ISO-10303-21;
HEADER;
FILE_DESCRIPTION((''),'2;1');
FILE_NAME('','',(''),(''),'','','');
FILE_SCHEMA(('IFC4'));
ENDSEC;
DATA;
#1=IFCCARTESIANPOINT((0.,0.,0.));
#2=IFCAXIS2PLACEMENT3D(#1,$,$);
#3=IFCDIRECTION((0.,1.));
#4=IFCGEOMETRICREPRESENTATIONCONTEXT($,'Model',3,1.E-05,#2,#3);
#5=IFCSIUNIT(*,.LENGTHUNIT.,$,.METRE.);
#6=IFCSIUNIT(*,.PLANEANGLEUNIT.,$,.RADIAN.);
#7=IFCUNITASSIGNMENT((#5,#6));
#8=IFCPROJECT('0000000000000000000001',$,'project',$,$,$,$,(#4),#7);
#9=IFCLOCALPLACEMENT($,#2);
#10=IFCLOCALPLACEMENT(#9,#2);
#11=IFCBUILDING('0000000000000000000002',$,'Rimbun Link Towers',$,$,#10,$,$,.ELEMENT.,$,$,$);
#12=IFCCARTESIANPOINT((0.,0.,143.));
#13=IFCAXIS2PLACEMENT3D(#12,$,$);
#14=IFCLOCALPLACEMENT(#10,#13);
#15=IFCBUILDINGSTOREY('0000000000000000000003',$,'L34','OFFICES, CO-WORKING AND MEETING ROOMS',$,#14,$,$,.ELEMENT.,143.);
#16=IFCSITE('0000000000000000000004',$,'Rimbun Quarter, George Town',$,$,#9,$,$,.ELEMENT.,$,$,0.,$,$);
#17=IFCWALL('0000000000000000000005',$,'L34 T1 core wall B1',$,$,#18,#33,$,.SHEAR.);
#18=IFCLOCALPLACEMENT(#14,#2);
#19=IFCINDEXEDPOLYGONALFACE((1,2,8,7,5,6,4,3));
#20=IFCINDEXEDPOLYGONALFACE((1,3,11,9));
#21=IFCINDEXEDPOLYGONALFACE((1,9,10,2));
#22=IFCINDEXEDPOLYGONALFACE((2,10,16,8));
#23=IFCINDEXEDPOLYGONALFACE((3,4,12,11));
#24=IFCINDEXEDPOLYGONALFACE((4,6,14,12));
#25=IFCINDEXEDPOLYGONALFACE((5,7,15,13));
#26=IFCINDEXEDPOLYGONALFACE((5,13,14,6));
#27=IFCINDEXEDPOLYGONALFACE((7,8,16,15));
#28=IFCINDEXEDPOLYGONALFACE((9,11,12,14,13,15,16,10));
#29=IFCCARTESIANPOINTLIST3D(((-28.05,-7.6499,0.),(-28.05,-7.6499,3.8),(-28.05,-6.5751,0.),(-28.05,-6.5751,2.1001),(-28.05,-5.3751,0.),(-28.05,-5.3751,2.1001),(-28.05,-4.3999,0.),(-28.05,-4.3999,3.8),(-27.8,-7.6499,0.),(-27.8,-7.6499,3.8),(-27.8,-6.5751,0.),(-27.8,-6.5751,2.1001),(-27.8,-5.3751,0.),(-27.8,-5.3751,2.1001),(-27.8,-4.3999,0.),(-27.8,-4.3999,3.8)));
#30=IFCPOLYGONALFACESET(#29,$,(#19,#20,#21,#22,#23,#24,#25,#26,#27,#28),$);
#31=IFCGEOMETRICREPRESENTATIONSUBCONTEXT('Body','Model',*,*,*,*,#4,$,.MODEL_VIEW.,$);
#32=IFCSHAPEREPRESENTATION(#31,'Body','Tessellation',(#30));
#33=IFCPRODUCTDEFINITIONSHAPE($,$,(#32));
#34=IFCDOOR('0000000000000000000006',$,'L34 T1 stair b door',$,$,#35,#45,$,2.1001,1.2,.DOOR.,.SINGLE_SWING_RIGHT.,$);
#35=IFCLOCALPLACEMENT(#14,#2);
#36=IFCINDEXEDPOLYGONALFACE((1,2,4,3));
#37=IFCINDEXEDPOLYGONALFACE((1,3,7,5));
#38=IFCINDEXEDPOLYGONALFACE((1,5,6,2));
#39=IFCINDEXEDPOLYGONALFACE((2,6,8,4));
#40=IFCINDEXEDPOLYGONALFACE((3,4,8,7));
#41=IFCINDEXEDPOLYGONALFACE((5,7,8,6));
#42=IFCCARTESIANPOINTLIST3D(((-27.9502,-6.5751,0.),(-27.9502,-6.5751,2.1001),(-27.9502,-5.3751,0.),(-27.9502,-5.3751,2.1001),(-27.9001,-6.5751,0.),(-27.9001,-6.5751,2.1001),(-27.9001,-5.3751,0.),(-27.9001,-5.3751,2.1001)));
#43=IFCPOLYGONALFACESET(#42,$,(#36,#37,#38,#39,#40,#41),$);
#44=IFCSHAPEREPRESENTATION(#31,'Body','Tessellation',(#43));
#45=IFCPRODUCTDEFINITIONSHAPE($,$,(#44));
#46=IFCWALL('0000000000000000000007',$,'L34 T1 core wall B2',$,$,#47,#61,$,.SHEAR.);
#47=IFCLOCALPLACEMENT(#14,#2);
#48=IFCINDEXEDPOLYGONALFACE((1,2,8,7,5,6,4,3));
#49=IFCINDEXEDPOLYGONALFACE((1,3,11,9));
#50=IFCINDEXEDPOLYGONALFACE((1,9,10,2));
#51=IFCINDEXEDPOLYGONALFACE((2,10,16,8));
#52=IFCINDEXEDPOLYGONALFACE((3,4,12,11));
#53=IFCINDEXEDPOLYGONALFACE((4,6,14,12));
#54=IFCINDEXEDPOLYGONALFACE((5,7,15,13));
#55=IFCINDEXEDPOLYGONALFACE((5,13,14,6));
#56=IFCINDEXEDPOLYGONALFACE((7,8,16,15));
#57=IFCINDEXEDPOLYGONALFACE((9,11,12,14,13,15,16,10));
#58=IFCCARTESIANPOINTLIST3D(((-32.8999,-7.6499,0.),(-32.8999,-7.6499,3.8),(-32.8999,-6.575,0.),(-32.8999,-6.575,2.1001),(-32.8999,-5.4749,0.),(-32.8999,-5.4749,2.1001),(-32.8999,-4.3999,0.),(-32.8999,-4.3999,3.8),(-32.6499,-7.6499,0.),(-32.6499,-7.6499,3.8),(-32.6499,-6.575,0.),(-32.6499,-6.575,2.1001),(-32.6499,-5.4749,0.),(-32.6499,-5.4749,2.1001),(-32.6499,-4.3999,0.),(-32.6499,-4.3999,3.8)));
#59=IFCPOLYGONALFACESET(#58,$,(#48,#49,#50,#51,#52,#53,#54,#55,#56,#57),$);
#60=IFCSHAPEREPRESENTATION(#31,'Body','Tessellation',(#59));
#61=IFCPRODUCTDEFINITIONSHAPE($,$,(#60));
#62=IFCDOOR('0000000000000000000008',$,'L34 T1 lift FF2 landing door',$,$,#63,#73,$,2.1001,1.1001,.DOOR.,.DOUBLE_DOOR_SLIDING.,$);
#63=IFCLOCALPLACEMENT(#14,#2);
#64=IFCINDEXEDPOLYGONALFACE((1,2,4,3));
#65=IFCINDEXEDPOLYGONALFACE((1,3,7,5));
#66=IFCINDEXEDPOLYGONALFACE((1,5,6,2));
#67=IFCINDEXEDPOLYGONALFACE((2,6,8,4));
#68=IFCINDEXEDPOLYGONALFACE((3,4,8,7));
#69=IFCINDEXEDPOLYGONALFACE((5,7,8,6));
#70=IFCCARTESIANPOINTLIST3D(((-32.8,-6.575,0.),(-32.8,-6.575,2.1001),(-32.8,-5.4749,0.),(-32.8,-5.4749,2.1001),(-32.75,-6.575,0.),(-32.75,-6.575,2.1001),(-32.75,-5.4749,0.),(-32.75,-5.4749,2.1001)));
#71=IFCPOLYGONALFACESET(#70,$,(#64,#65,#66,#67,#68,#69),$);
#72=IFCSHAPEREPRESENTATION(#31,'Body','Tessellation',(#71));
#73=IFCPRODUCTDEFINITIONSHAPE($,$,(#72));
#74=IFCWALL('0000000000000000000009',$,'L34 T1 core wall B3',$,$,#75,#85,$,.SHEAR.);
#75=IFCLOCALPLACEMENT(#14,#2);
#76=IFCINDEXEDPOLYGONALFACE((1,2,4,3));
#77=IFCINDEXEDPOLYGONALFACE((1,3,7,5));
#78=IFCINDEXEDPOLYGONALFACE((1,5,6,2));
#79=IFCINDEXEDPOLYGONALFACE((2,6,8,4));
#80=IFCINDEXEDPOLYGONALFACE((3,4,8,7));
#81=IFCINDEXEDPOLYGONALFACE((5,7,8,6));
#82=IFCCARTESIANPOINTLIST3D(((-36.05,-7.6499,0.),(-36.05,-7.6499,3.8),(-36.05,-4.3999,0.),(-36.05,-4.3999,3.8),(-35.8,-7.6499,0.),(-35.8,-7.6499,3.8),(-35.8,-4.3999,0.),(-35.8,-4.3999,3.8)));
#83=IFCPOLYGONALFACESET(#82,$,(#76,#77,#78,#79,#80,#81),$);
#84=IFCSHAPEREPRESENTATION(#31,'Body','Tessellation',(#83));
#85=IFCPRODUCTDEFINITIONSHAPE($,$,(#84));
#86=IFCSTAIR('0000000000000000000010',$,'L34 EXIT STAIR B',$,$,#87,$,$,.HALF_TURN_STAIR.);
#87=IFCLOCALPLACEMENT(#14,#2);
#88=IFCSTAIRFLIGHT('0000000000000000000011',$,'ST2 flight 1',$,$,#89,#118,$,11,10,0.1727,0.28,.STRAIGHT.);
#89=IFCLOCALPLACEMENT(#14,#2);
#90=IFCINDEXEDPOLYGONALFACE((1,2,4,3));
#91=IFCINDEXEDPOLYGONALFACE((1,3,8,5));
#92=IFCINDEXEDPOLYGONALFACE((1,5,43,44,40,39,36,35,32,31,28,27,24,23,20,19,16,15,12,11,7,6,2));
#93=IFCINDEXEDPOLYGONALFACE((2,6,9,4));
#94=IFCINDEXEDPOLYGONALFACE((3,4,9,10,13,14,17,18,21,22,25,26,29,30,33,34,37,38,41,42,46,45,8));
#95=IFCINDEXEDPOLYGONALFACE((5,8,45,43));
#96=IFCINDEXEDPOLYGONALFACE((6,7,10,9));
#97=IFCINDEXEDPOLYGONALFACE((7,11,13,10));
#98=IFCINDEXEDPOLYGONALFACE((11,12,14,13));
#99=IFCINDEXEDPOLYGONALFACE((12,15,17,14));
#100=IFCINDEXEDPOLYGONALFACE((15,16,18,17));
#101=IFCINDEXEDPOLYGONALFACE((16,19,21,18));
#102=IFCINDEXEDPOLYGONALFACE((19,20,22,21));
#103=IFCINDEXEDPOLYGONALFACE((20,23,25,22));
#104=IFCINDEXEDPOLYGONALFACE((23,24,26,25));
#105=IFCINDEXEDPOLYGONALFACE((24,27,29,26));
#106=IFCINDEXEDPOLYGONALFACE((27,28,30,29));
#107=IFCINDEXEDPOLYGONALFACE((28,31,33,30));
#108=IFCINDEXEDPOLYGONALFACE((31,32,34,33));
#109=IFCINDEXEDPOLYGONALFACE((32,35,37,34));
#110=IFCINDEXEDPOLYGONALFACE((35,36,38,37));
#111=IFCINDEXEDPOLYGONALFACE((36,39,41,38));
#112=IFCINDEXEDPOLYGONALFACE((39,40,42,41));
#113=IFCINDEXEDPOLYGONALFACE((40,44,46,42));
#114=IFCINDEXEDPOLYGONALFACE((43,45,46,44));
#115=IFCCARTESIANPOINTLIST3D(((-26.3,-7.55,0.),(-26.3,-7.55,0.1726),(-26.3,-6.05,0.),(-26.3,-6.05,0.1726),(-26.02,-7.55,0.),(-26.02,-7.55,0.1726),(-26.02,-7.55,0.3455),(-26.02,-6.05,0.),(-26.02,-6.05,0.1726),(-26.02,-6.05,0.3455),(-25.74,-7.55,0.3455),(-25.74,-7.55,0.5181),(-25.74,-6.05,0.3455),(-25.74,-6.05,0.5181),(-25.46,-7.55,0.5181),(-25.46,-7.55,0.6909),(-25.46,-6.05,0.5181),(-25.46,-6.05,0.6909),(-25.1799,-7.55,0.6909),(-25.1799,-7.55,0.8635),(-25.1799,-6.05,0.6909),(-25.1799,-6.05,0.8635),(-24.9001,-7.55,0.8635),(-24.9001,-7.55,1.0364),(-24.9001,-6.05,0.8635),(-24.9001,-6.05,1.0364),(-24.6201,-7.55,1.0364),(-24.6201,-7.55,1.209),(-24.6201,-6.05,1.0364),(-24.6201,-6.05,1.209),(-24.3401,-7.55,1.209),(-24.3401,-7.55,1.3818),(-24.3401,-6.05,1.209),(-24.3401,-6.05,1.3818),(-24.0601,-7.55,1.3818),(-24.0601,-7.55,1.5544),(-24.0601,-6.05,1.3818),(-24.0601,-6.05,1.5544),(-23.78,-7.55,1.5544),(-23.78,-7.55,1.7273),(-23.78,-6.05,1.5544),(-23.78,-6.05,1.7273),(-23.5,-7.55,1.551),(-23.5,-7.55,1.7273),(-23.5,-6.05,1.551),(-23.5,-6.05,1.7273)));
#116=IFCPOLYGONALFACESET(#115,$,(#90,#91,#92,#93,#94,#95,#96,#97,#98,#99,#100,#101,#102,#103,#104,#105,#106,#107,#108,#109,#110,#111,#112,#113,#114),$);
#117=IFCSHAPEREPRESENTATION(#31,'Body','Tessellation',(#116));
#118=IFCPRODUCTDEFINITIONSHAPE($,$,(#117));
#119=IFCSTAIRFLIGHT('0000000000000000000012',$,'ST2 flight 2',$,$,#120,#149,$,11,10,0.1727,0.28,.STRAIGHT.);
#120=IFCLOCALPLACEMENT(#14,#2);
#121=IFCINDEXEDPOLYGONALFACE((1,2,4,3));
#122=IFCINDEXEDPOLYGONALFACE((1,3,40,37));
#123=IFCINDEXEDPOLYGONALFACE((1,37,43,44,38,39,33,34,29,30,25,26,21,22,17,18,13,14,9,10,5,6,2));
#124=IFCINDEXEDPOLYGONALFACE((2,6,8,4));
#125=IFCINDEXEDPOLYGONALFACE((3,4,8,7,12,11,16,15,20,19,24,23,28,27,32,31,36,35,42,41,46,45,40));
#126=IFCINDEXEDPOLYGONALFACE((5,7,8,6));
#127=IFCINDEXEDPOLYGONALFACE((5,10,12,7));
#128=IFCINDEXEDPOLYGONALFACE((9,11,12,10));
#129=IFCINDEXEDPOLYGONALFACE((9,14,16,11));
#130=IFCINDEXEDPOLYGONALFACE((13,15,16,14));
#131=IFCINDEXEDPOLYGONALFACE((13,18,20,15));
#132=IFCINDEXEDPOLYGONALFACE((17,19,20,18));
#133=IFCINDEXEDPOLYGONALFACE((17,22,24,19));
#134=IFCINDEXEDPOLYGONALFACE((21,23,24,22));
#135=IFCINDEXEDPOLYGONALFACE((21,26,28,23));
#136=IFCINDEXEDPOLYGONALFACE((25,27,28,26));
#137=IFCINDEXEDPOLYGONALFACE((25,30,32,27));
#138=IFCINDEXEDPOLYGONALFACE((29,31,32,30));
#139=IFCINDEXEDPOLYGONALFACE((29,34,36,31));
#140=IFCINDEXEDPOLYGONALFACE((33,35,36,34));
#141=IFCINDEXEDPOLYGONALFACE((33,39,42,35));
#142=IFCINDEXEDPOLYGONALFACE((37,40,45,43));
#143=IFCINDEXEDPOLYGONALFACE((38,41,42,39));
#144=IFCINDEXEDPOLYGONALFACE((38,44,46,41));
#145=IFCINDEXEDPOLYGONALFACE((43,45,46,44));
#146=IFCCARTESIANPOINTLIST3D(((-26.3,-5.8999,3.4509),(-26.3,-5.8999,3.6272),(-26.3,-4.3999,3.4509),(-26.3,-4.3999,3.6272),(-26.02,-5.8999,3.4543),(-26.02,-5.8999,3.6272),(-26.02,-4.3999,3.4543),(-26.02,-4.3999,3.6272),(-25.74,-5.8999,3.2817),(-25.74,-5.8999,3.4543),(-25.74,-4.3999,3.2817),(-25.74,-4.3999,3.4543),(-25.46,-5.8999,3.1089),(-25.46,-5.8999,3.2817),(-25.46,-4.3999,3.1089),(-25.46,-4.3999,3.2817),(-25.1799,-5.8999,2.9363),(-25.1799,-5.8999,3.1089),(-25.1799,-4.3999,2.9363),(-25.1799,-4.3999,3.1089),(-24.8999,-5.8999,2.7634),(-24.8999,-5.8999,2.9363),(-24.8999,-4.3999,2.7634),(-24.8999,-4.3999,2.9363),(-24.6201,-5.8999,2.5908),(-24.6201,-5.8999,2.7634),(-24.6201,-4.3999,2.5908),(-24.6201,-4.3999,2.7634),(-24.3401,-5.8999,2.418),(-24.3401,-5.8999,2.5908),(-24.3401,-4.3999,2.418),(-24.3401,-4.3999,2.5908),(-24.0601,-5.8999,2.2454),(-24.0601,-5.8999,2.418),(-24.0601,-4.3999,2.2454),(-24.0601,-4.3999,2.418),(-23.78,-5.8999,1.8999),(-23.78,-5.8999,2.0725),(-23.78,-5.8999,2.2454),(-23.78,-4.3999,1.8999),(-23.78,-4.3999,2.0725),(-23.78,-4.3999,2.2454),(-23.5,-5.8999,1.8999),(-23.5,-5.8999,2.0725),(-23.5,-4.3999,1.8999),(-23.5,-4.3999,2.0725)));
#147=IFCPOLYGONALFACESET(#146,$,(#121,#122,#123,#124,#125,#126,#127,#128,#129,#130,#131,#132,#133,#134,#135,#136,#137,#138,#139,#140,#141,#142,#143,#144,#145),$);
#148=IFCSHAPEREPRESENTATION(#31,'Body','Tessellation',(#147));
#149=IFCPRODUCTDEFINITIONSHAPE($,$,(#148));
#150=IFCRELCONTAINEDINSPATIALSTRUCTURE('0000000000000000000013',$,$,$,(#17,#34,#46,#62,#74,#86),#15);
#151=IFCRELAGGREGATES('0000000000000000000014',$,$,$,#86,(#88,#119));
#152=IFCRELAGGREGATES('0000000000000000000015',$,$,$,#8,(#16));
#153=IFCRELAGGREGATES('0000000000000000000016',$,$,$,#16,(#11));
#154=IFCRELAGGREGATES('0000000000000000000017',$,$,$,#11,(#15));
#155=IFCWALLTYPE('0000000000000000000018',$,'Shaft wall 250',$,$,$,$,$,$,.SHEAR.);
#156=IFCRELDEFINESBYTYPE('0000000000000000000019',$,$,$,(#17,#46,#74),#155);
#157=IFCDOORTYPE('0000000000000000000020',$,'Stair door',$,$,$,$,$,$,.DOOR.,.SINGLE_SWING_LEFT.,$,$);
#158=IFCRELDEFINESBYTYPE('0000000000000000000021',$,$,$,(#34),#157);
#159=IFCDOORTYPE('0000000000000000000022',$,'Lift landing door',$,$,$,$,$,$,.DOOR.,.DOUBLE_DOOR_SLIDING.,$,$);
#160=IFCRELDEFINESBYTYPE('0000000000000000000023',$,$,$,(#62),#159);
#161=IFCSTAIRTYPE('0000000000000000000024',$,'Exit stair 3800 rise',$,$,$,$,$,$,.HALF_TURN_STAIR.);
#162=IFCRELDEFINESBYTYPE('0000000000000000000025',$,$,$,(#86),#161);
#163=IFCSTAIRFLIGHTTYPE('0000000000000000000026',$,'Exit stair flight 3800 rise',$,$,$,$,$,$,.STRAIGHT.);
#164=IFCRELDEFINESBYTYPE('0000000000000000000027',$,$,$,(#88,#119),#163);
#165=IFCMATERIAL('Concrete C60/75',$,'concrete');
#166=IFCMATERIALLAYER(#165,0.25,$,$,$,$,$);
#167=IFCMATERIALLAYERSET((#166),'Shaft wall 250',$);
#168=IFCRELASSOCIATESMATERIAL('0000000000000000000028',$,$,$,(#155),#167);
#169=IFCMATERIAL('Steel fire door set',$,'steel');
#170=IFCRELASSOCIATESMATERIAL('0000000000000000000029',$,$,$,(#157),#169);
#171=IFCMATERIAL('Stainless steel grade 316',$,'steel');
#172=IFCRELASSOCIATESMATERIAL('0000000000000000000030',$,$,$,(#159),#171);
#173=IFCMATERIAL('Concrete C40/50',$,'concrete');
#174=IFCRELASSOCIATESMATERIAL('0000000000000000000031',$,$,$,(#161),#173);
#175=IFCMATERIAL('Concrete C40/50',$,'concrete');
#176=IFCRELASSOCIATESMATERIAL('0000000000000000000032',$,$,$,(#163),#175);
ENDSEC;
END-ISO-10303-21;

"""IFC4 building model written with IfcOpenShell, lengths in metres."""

from ifc_helpers import new_model, si_unit, direction, frame, frame_2d, origin, place, context, subcontext, project, spatial, polyline, rectangle, outline, extrude, material, layer, layer_set, type_object, element, fill, aggregate, save


model = new_model("IFC4")

# Units and contexts
model_context = context("Model", 3, precision=1e-05, world=origin(), true_north=direction((0.0, 1.0)))
body_context = subcontext(model_context, "Body", "Model", "MODEL_VIEW")
ifc_project = project(units=[si_unit("LENGTHUNIT", "METRE"), si_unit("PLANEANGLEUNIT", "RADIAN")], contexts=[model_context])

# Site, building, storey
site_placement = place(None, origin())
site = spatial("IfcSite", under=ifc_project, at=site_placement, Name="Rimbun Quarter, George Town", CompositionType="ELEMENT", RefElevation=0.0)
building_placement = place(site_placement, origin())
building = spatial("IfcBuilding", under=site, at=building_placement, Name="Rimbun Link Towers", CompositionType="ELEMENT")
storey_placement = place(building_placement, frame((0.0, 0.0, 143.0)))
storey = spatial("IfcBuildingStorey", under=building, at=storey_placement, Name="L34", Description="OFFICES, CO-WORKING AND MEETING ROOMS", CompositionType="ELEMENT", Elevation=143.0)

# Shared definitions
ifc_material_1 = material(Name="Concrete C60/75", Category="concrete")
ifc_layer = layer(ifc_material_1, 0.25)
ifc_layer_set = layer_set([ifc_layer], Name="Shaft wall 250")
wall_type = type_object("IfcWallType", Name="Shaft wall 250", PredefinedType="SHEAR", material=ifc_layer_set)

# Walls, openings, doors
wall_1_placement = place(storey_placement, frame((-27.925, -4.3999, 0.0), z_axis=(0.0, 0.0, 1.0), x_axis=(0.0, -1.0, 0.0)))
wall_1 = element("IfcWall", 1, at=wall_1_placement, inside=storey, type_object=wall_type, Name="L34 T1 core wall B1", PredefinedType="SHEAR", context=body_context, shape_type="SweptSolid", body=[
    extrude(rectangle(XDim=3.25, YDim=0.25, at=frame_2d((1.625, 0.0))), origin(), (0.0, 0.0, 1.0), 3.8),
])
opening_1_placement = place(wall_1_placement, frame((0.9751, 0.0, 0.0)))
opening_1 = element("IfcOpeningElement", 2, at=opening_1_placement, cuts=wall_1, PredefinedType="OPENING", context=body_context, shape_type="SweptSolid", body=[
    extrude(rectangle(XDim=1.2, YDim=2.1001, at=frame_2d((0.6001, 1.05))), frame((0.0, 0.135, 0.0), z_axis=(0.0, -1.0, 0.0), x_axis=(1.0, 0.0, 0.0)), (0.0, 0.0, 1.0), 0.27),
])
ifc_material_2 = material(Name="Steel fire door set", Category="steel")
door_type_1 = type_object("IfcDoorType", Name="Stair door", OperationType="SINGLE_SWING_LEFT", PredefinedType="DOOR", material=ifc_material_2)
door_1_placement = place(opening_1_placement, origin())
door_1 = element("IfcDoor", 3, at=door_1_placement, inside=storey, type_object=door_type_1, Name="L34 T1 stair b door", OperationType="SINGLE_SWING_RIGHT", OverallHeight=2.1001, OverallWidth=1.2, PredefinedType="DOOR", context=body_context, shape_type="SweptSolid", body=[
    extrude(rectangle(XDim=1.2, YDim=2.1001, at=frame_2d((0.6001, 1.05))), frame((0.0, 0.0249, 0.0), z_axis=(0.0, -1.0, 0.0), x_axis=(1.0, 0.0, 0.0)), (0.0, 0.0, 1.0), 0.05),
])
fill(opening_1, door_1)
wall_2_placement = place(storey_placement, frame((-32.7749, -4.3999, 0.0), z_axis=(0.0, 0.0, 1.0), x_axis=(0.0, -1.0, 0.0)))
wall_2 = element("IfcWall", 4, at=wall_2_placement, inside=storey, type_object=wall_type, Name="L34 T1 core wall B2", PredefinedType="SHEAR", context=body_context, shape_type="SweptSolid", body=[
    extrude(rectangle(XDim=3.25, YDim=0.25, at=frame_2d((1.625, 0.0))), origin(), (0.0, 0.0, 1.0), 3.8),
])
opening_2_placement = place(wall_2_placement, frame((1.075, 0.0, 0.0)))
opening_2 = element("IfcOpeningElement", 5, at=opening_2_placement, cuts=wall_2, PredefinedType="OPENING", context=body_context, shape_type="SweptSolid", body=[
    extrude(rectangle(XDim=1.1001, YDim=2.1001, at=frame_2d((0.55, 1.05))), frame((0.0, 0.135, 0.0), z_axis=(0.0, -1.0, 0.0), x_axis=(1.0, 0.0, 0.0)), (0.0, 0.0, 1.0), 0.27),
])
ifc_material_3 = material(Name="Stainless steel grade 316", Category="steel")
door_type_2 = type_object("IfcDoorType", Name="Lift landing door", OperationType="DOUBLE_DOOR_SLIDING", PredefinedType="DOOR", material=ifc_material_3)
door_2_placement = place(opening_2_placement, origin())
door_2 = element("IfcDoor", 6, at=door_2_placement, inside=storey, type_object=door_type_2, Name="L34 T1 lift FF2 landing door", OperationType="DOUBLE_DOOR_SLIDING", OverallHeight=2.1001, OverallWidth=1.1001, PredefinedType="DOOR", context=body_context, shape_type="SweptSolid", body=[
    extrude(rectangle(XDim=1.1001, YDim=2.1001, at=frame_2d((0.55, 1.05))), frame((0.0, 0.0249, 0.0), z_axis=(0.0, -1.0, 0.0), x_axis=(1.0, 0.0, 0.0)), (0.0, 0.0, 1.0), 0.05),
])
fill(opening_2, door_2)

# Wall
wall_3_placement = place(storey_placement, frame((-35.925, -4.3999, 0.0), z_axis=(0.0, 0.0, 1.0), x_axis=(0.0, -1.0, 0.0)))
element("IfcWall", 7, at=wall_3_placement, inside=storey, type_object=wall_type, Name="L34 T1 core wall B3", PredefinedType="SHEAR", context=body_context, shape_type="SweptSolid", body=[
    extrude(rectangle(XDim=3.25, YDim=0.25, at=frame_2d((1.625, 0.0))), origin(), (0.0, 0.0, 1.0), 3.8),
])

# Stair, stair flights
ifc_material_4 = material(Name="Concrete C40/50", Category="concrete")
stair_type = type_object("IfcStairType", Name="Exit stair 3800 rise", PredefinedType="HALF_TURN_STAIR", material=ifc_material_4)
stair_placement = place(storey_placement, origin())
stair = element("IfcStair", 8, at=stair_placement, inside=storey, type_object=stair_type, Name="L34 EXIT STAIR B", PredefinedType="HALF_TURN_STAIR")
ifc_material_5 = material(Name="Concrete C40/50", Category="concrete")
stair_flight_type = type_object("IfcStairFlightType", Name="Exit stair flight 3800 rise", PredefinedType="STRAIGHT", material=ifc_material_5)
stair_flight_1_placement = place(storey_placement, frame((-26.3, -6.8, 0.0), z_axis=(0.0, 0.0, 1.0), x_axis=(1.0, 0.0, 0.0)))
stair_flight_1 = element("IfcStairFlight", 9, at=stair_flight_1_placement, type_object=stair_flight_type, Name="ST2 flight 1", NumberOfRisers=11, NumberOfTreads=10, PredefinedType="STRAIGHT", RiserHeight=0.1727, TreadLength=0.28, context=body_context, shape_type="SweptSolid", body=[
    extrude(outline(polyline([(0.0, 0.0), (0.0, 0.1726), (0.28, 0.1726), (0.28, 0.3455), (0.5601, 0.3455), (0.5601, 0.5181), (0.8401, 0.5181), (0.8401, 0.6909), (1.1201, 0.6909), (1.1201, 0.8635), (1.3999, 0.8635), (1.3999, 1.0364), (1.6799, 1.0364), (1.6799, 1.209), (1.96, 1.209), (1.96, 1.3818), (2.24, 1.3818), (2.24, 1.5544), (2.52, 1.5544), (2.52, 1.7273), (2.8, 1.7273), (2.8, 1.8999), (2.8, 1.551), (0.28, 0.0), (0.0, 0.0)])), frame((0.0, 0.75, 0.0), z_axis=(0.0, -1.0, 0.0), x_axis=(1.0, 0.0, 0.0)), (0.0, 0.0, 1.0), 1.5),
])
stair_flight_2_placement = place(storey_placement, frame((-23.5, -5.1499, 1.8999), z_axis=(0.0, 0.0, 1.0), x_axis=(-1.0, 0.0, 0.0)))
stair_flight_2 = element("IfcStairFlight", 10, at=stair_flight_2_placement, type_object=stair_flight_type, Name="ST2 flight 2", NumberOfRisers=11, NumberOfTreads=10, PredefinedType="STRAIGHT", RiserHeight=0.1727, TreadLength=0.28, context=body_context, shape_type="SweptSolid", body=[
    extrude(outline(polyline([(0.0, 0.0), (0.0, 0.1726), (0.28, 0.1726), (0.28, 0.3455), (0.5601, 0.3455), (0.5601, 0.5181), (0.8401, 0.5181), (0.8401, 0.6909), (1.1201, 0.6909), (1.1201, 0.8635), (1.3999, 0.8635), (1.3999, 1.0364), (1.6799, 1.0364), (1.6799, 1.209), (1.96, 1.209), (1.96, 1.3818), (2.24, 1.3818), (2.24, 1.5544), (2.52, 1.5544), (2.52, 1.7273), (2.8, 1.7273), (2.8, 1.8999), (2.8, 1.551), (0.28, 0.0), (0.0, 0.0)])), frame((0.0, 0.75, 0.0), z_axis=(0.0, -1.0, 0.0), x_axis=(1.0, 0.0, 0.0)), (0.0, 0.0, 1.0), 1.5),
])
aggregate(stair, [stair_flight_1, stair_flight_2])

save(model, "model.ifc")
